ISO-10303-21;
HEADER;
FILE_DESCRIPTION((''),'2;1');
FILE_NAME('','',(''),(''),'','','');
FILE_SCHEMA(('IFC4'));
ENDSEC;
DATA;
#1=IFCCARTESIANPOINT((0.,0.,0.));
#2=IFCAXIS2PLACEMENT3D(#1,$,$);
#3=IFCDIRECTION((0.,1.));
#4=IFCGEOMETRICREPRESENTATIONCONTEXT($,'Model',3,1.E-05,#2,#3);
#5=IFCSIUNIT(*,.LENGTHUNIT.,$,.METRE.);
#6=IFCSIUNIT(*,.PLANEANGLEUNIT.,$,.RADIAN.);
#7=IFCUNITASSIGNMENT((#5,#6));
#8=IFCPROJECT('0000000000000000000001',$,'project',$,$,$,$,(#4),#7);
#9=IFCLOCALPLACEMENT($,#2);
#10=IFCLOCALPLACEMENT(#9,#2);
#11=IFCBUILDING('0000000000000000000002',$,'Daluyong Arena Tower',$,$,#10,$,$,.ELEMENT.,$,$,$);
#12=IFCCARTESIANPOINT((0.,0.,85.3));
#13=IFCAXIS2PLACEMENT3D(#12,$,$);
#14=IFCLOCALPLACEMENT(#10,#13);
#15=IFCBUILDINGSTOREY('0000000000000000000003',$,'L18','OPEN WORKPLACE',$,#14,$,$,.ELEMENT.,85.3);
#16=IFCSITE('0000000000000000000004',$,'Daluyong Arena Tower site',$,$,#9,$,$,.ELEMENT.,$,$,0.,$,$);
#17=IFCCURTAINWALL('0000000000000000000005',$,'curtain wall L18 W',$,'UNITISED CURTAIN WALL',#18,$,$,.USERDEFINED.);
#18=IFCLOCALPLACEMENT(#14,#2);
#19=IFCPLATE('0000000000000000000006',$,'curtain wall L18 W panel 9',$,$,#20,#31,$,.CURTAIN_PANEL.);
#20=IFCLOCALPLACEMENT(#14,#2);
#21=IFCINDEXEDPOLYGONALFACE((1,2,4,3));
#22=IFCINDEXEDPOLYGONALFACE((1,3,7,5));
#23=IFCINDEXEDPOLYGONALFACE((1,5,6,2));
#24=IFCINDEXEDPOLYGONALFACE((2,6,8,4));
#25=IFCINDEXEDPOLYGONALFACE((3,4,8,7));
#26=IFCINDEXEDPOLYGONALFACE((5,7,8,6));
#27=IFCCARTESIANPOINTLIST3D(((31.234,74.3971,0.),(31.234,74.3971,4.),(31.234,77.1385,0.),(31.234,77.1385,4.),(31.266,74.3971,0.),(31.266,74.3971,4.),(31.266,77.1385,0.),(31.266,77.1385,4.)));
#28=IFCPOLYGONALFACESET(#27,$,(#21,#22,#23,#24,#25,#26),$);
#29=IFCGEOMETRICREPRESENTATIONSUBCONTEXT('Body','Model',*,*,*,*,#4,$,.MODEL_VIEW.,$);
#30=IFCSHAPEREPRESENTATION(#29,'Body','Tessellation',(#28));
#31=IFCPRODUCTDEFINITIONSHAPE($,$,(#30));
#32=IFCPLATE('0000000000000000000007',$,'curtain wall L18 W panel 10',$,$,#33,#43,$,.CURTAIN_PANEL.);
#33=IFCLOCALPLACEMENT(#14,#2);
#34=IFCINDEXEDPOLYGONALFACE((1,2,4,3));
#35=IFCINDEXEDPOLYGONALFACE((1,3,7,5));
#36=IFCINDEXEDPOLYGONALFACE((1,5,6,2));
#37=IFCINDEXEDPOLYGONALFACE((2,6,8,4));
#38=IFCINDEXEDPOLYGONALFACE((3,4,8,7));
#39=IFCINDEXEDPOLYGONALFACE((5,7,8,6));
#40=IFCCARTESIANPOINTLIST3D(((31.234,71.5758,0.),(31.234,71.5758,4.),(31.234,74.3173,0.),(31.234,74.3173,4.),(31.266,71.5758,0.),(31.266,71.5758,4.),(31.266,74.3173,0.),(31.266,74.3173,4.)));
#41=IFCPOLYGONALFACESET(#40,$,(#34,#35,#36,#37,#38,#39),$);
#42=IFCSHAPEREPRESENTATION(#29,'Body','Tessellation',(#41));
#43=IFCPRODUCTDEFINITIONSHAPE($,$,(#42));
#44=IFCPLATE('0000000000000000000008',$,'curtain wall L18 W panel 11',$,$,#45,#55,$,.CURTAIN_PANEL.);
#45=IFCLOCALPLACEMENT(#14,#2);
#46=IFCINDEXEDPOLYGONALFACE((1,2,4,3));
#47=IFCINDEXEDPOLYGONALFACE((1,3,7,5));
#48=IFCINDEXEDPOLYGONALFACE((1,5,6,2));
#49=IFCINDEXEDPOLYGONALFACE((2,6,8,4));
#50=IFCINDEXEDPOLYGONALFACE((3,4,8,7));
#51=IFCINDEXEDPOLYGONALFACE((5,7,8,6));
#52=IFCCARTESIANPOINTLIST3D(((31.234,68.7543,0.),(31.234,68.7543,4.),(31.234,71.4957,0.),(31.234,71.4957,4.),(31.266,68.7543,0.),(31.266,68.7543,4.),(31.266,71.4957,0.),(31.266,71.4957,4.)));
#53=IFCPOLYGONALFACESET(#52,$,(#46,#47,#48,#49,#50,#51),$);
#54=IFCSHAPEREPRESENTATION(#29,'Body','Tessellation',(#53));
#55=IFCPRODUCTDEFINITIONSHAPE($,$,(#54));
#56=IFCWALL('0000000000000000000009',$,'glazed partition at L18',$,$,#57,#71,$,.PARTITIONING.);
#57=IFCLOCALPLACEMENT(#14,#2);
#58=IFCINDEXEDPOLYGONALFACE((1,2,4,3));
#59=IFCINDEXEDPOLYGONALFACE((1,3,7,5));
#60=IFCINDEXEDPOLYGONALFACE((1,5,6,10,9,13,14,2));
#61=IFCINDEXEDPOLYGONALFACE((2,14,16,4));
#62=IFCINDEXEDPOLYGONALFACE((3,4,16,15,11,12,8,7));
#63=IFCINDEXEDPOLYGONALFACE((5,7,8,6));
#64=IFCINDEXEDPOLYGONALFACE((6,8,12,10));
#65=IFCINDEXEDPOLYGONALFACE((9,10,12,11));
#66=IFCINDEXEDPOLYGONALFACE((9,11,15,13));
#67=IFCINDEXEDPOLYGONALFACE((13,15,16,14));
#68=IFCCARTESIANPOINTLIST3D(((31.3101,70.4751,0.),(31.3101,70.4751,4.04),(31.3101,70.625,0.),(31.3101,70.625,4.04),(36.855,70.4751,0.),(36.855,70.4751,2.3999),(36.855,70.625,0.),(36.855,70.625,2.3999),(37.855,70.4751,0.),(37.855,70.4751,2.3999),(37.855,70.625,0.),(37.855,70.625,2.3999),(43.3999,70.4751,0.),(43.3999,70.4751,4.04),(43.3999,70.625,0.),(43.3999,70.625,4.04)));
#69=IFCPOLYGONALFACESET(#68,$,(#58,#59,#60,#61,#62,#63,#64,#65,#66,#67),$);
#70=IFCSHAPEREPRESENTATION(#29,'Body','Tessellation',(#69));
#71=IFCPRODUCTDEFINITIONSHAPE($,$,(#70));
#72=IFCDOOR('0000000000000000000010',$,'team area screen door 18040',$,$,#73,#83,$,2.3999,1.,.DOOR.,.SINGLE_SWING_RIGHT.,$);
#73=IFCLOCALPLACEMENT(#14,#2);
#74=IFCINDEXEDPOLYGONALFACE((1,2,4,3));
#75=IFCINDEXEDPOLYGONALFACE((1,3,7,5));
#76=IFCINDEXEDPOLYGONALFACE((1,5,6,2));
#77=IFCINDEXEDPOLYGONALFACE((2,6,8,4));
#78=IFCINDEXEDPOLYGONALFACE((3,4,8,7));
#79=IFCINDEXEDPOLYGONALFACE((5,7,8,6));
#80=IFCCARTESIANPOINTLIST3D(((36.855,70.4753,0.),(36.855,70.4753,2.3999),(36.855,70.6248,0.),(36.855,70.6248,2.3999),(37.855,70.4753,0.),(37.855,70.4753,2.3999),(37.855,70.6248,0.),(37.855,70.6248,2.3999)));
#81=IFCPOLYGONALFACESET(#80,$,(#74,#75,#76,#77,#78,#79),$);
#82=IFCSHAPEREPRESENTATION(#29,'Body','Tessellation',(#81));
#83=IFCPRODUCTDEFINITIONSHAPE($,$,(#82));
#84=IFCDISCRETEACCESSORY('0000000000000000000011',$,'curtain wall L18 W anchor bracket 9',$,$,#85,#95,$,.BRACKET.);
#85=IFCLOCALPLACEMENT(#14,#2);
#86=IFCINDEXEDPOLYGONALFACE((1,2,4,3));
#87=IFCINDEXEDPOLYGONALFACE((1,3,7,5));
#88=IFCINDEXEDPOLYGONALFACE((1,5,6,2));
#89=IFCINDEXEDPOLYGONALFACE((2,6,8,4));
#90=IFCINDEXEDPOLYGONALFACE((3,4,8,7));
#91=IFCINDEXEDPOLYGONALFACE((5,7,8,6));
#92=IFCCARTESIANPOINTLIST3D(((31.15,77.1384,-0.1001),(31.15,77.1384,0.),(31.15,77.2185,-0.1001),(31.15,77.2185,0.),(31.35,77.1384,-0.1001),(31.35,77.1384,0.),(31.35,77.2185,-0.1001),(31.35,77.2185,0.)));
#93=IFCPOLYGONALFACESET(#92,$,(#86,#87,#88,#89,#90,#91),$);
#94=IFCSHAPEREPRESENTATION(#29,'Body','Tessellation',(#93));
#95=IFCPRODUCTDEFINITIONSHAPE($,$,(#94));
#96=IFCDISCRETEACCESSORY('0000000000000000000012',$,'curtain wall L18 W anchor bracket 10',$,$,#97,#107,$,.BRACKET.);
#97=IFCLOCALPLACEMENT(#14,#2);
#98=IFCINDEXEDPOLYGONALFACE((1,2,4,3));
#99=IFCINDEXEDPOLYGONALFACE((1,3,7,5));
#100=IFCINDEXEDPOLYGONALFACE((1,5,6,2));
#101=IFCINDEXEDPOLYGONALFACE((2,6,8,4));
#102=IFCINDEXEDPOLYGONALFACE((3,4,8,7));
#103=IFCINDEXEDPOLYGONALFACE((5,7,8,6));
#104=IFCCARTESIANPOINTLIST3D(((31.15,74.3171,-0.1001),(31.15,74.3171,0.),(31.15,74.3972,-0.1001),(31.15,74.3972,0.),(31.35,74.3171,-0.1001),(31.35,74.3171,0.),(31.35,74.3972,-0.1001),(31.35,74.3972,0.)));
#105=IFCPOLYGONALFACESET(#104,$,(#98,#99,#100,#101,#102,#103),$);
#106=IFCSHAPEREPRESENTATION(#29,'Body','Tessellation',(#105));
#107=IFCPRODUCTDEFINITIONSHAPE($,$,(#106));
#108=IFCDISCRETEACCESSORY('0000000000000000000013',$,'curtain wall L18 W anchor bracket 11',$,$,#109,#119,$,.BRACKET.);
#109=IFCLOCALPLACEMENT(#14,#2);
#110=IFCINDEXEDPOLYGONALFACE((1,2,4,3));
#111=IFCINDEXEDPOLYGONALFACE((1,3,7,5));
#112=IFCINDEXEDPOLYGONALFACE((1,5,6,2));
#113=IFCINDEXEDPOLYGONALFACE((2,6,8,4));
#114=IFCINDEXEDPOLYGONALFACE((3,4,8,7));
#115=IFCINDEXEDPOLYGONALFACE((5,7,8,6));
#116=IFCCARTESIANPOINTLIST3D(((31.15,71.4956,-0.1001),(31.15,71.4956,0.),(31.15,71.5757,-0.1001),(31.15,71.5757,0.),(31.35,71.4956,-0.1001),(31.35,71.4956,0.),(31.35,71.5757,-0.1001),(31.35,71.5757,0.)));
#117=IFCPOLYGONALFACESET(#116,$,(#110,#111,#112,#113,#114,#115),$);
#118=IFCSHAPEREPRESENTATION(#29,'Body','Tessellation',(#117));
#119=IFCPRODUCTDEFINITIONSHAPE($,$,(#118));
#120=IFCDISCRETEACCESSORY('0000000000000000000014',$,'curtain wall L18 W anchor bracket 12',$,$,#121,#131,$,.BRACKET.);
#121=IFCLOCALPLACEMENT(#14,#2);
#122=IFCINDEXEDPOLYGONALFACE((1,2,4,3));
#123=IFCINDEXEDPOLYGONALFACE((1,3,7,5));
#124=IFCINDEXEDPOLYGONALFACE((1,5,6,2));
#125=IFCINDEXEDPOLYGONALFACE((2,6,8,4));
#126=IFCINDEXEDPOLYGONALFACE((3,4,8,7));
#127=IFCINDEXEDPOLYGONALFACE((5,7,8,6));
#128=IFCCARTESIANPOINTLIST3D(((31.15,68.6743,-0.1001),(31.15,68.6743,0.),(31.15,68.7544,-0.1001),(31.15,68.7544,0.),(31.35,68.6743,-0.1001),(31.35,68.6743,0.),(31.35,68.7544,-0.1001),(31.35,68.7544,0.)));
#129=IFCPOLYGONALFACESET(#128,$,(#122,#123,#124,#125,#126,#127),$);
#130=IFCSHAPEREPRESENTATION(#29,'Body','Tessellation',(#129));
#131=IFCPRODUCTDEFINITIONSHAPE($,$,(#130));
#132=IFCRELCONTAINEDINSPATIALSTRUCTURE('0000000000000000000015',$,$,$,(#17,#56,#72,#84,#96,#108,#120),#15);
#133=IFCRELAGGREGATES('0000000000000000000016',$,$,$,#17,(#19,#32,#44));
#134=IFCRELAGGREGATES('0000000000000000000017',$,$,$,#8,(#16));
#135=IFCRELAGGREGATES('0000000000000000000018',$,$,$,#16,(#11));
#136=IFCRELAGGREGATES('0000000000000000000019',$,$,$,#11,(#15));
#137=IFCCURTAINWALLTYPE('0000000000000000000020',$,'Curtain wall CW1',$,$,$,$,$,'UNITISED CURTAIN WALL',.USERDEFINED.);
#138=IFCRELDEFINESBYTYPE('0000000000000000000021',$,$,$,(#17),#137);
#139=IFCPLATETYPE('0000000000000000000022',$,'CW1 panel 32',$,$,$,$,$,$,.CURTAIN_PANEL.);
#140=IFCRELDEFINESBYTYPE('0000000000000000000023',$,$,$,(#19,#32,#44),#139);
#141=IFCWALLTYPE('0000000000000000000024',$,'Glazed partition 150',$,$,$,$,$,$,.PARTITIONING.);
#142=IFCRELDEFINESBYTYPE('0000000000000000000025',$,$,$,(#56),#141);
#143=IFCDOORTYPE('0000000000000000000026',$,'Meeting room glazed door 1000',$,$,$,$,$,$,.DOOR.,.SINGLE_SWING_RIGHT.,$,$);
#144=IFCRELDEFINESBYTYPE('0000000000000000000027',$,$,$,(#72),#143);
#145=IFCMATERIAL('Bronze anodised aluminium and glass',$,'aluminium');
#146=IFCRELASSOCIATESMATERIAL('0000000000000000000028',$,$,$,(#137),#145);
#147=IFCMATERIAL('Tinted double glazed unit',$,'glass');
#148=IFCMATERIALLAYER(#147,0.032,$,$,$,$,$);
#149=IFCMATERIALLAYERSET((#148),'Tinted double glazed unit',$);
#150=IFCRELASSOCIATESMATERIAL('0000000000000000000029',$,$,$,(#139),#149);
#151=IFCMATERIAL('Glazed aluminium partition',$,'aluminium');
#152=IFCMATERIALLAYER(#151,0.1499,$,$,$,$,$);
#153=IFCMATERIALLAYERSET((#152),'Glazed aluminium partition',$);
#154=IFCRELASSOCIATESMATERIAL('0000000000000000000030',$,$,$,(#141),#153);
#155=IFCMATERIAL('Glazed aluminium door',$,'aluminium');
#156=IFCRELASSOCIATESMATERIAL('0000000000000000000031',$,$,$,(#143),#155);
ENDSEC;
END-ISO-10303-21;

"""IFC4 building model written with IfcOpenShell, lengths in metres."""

from ifc_helpers import new_model, si_unit, direction, frame, frame_2d, origin, origin_2d, place, context, subcontext, project, spatial, rectangle, extrude, material, layer, layer_set, type_object, element, fill, aggregate, save


model = new_model("IFC4")

# Units and contexts
model_context = context("Model", 3, precision=1e-05, world=origin(), true_north=direction((0.0, 1.0)))
body_context = subcontext(model_context, "Body", "Model", "MODEL_VIEW")
ifc_project = project(units=[si_unit("LENGTHUNIT", "METRE"), si_unit("PLANEANGLEUNIT", "RADIAN")], contexts=[model_context])

# Site, building, storey
site_placement = place(None, origin())
site = spatial("IfcSite", under=ifc_project, at=site_placement, Name="Daluyong Arena Tower site", CompositionType="ELEMENT", RefElevation=0.0)
building_placement = place(site_placement, origin())
building = spatial("IfcBuilding", under=site, at=building_placement, Name="Daluyong Arena Tower", CompositionType="ELEMENT")
storey_placement = place(building_placement, frame((0.0, 0.0, 85.3)))
storey = spatial("IfcBuildingStorey", under=building, at=storey_placement, Name="L18", Description="OPEN WORKPLACE", CompositionType="ELEMENT", Elevation=85.3)

# Curtain wall
ifc_material_1 = material(Name="Bronze anodised aluminium and glass", Category="aluminium")
curtain_wall_type = type_object("IfcCurtainWallType", Name="Curtain wall CW1", ElementType="UNITISED CURTAIN WALL", PredefinedType="USERDEFINED", material=ifc_material_1)
curtain_wall_placement = place(storey_placement, origin())
curtain_wall = element("IfcCurtainWall", 1, at=curtain_wall_placement, inside=storey, type_object=curtain_wall_type, Name="curtain wall L18 W", ObjectType="UNITISED CURTAIN WALL", PredefinedType="USERDEFINED")

# Plates
ifc_material_2 = material(Name="Tinted double glazed unit", Category="glass")
ifc_layer_1 = layer(ifc_material_2, 0.032)
ifc_layer_set_1 = layer_set([ifc_layer_1], Name="Tinted double glazed unit")
plate_type = type_object("IfcPlateType", Name="CW1 panel 32", PredefinedType="CURTAIN_PANEL", material=ifc_layer_set_1)
plate_1_placement = place(storey_placement, frame((31.25, 75.7678, 0.0), z_axis=(0.0, 0.0, 1.0), x_axis=(0.0, -1.0, 0.0)))
plate_1 = element("IfcPlate", 2, at=plate_1_placement, type_object=plate_type, Name="curtain wall L18 W panel 9", PredefinedType="CURTAIN_PANEL", context=body_context, shape_type="SweptSolid", body=[
    extrude(rectangle(XDim=2.7415, YDim=0.032, at=origin_2d()), origin(), (0.0, 0.0, 1.0), 4.0),
])
plate_2_placement = place(storey_placement, frame((31.25, 72.9465, 0.0), z_axis=(0.0, 0.0, 1.0), x_axis=(0.0, -1.0, 0.0)))
plate_2 = element("IfcPlate", 3, at=plate_2_placement, type_object=plate_type, Name="curtain wall L18 W panel 10", PredefinedType="CURTAIN_PANEL", context=body_context, shape_type="SweptSolid", body=[
    extrude(rectangle(XDim=2.7415, YDim=0.032, at=origin_2d()), origin(), (0.0, 0.0, 1.0), 4.0),
])
plate_3_placement = place(storey_placement, frame((31.25, 70.125, 0.0), z_axis=(0.0, 0.0, 1.0), x_axis=(0.0, -1.0, 0.0)))
plate_3 = element("IfcPlate", 4, at=plate_3_placement, type_object=plate_type, Name="curtain wall L18 W panel 11", PredefinedType="CURTAIN_PANEL", context=body_context, shape_type="SweptSolid", body=[
    extrude(rectangle(XDim=2.7415, YDim=0.032, at=origin_2d()), origin(), (0.0, 0.0, 1.0), 4.0),
])
aggregate(curtain_wall, [plate_1, plate_2, plate_3])

# Wall, opening, door
ifc_material_3 = material(Name="Glazed aluminium partition", Category="aluminium")
ifc_layer_2 = layer(ifc_material_3, 0.1499)
ifc_layer_set_2 = layer_set([ifc_layer_2], Name="Glazed aluminium partition")
wall_type = type_object("IfcWallType", Name="Glazed partition 150", PredefinedType="PARTITIONING", material=ifc_layer_set_2)
wall_placement = place(storey_placement, frame((31.3101, 70.55, 0.0), z_axis=(0.0, 0.0, 1.0), x_axis=(1.0, 0.0, 0.0)))
wall = element("IfcWall", 5, at=wall_placement, inside=storey, type_object=wall_type, Name="glazed partition at L18", PredefinedType="PARTITIONING", context=body_context, shape_type="SweptSolid", body=[
    extrude(rectangle(XDim=12.0898, YDim=0.1499, at=frame_2d((6.0449, 0.0))), origin(), (0.0, 0.0, 1.0), 4.04),
])
opening_placement = place(wall_placement, frame((5.5449, 0.0, 0.0)))
opening = element("IfcOpeningElement", 6, at=opening_placement, cuts=wall, PredefinedType="OPENING", context=body_context, shape_type="SweptSolid", body=[
    extrude(rectangle(XDim=1.0, YDim=2.3999, at=frame_2d((0.5, 1.2))), frame((0.0, 0.085, 0.0), z_axis=(0.0, -1.0, 0.0), x_axis=(1.0, 0.0, 0.0)), (0.0, 0.0, 1.0), 0.1699),
])
ifc_material_4 = material(Name="Glazed aluminium door", Category="aluminium")
door_type = type_object("IfcDoorType", Name="Meeting room glazed door 1000", OperationType="SINGLE_SWING_RIGHT", PredefinedType="DOOR", material=ifc_material_4)
door_placement = place(opening_placement, origin())
door = element("IfcDoor", 7, at=door_placement, inside=storey, type_object=door_type, Name="team area screen door 18040", OperationType="SINGLE_SWING_RIGHT", OverallHeight=2.3999, OverallWidth=1.0, PredefinedType="DOOR", context=body_context, shape_type="SweptSolid", body=[
    extrude(rectangle(XDim=1.0, YDim=2.3999, at=frame_2d((0.5, 1.2))), frame((0.0, 0.0747, 0.0), z_axis=(0.0, -1.0, 0.0), x_axis=(1.0, 0.0, 0.0)), (0.0, 0.0, 1.0), 0.1494),
])
fill(opening, door)

# Discrete accessories
for number, where, z_axis, x_axis, name in (
    (8, (31.25, 77.1785, -0.1001), (0.0, 0.0, 1.0), (0.0, -1.0, 0.0), "curtain wall L18 W anchor bracket 9"),
    (9, (31.25, 74.3572, -0.1001), (0.0, 0.0, 1.0), (0.0, -1.0, 0.0), "curtain wall L18 W anchor bracket 10"),
    (10, (31.25, 71.5356, -0.1001), (0.0, 0.0, 1.0), (0.0, -1.0, 0.0), "curtain wall L18 W anchor bracket 11"),
    (11, (31.25, 68.7144, -0.1001), (0.0, 0.0, 1.0), (0.0, -1.0, 0.0), "curtain wall L18 W anchor bracket 12"),
):
    element("IfcDiscreteAccessory", number, at=place(storey_placement, frame(where, z_axis=z_axis, x_axis=x_axis)), inside=storey, Name=name, PredefinedType="BRACKET", context=body_context, shape_type="SweptSolid", body=[
        extrude(rectangle(XDim=0.0801, YDim=0.2, at=origin_2d()), origin(), (0.0, 0.0, 1.0), 0.1001),
    ])

save(model, "model.ifc")
